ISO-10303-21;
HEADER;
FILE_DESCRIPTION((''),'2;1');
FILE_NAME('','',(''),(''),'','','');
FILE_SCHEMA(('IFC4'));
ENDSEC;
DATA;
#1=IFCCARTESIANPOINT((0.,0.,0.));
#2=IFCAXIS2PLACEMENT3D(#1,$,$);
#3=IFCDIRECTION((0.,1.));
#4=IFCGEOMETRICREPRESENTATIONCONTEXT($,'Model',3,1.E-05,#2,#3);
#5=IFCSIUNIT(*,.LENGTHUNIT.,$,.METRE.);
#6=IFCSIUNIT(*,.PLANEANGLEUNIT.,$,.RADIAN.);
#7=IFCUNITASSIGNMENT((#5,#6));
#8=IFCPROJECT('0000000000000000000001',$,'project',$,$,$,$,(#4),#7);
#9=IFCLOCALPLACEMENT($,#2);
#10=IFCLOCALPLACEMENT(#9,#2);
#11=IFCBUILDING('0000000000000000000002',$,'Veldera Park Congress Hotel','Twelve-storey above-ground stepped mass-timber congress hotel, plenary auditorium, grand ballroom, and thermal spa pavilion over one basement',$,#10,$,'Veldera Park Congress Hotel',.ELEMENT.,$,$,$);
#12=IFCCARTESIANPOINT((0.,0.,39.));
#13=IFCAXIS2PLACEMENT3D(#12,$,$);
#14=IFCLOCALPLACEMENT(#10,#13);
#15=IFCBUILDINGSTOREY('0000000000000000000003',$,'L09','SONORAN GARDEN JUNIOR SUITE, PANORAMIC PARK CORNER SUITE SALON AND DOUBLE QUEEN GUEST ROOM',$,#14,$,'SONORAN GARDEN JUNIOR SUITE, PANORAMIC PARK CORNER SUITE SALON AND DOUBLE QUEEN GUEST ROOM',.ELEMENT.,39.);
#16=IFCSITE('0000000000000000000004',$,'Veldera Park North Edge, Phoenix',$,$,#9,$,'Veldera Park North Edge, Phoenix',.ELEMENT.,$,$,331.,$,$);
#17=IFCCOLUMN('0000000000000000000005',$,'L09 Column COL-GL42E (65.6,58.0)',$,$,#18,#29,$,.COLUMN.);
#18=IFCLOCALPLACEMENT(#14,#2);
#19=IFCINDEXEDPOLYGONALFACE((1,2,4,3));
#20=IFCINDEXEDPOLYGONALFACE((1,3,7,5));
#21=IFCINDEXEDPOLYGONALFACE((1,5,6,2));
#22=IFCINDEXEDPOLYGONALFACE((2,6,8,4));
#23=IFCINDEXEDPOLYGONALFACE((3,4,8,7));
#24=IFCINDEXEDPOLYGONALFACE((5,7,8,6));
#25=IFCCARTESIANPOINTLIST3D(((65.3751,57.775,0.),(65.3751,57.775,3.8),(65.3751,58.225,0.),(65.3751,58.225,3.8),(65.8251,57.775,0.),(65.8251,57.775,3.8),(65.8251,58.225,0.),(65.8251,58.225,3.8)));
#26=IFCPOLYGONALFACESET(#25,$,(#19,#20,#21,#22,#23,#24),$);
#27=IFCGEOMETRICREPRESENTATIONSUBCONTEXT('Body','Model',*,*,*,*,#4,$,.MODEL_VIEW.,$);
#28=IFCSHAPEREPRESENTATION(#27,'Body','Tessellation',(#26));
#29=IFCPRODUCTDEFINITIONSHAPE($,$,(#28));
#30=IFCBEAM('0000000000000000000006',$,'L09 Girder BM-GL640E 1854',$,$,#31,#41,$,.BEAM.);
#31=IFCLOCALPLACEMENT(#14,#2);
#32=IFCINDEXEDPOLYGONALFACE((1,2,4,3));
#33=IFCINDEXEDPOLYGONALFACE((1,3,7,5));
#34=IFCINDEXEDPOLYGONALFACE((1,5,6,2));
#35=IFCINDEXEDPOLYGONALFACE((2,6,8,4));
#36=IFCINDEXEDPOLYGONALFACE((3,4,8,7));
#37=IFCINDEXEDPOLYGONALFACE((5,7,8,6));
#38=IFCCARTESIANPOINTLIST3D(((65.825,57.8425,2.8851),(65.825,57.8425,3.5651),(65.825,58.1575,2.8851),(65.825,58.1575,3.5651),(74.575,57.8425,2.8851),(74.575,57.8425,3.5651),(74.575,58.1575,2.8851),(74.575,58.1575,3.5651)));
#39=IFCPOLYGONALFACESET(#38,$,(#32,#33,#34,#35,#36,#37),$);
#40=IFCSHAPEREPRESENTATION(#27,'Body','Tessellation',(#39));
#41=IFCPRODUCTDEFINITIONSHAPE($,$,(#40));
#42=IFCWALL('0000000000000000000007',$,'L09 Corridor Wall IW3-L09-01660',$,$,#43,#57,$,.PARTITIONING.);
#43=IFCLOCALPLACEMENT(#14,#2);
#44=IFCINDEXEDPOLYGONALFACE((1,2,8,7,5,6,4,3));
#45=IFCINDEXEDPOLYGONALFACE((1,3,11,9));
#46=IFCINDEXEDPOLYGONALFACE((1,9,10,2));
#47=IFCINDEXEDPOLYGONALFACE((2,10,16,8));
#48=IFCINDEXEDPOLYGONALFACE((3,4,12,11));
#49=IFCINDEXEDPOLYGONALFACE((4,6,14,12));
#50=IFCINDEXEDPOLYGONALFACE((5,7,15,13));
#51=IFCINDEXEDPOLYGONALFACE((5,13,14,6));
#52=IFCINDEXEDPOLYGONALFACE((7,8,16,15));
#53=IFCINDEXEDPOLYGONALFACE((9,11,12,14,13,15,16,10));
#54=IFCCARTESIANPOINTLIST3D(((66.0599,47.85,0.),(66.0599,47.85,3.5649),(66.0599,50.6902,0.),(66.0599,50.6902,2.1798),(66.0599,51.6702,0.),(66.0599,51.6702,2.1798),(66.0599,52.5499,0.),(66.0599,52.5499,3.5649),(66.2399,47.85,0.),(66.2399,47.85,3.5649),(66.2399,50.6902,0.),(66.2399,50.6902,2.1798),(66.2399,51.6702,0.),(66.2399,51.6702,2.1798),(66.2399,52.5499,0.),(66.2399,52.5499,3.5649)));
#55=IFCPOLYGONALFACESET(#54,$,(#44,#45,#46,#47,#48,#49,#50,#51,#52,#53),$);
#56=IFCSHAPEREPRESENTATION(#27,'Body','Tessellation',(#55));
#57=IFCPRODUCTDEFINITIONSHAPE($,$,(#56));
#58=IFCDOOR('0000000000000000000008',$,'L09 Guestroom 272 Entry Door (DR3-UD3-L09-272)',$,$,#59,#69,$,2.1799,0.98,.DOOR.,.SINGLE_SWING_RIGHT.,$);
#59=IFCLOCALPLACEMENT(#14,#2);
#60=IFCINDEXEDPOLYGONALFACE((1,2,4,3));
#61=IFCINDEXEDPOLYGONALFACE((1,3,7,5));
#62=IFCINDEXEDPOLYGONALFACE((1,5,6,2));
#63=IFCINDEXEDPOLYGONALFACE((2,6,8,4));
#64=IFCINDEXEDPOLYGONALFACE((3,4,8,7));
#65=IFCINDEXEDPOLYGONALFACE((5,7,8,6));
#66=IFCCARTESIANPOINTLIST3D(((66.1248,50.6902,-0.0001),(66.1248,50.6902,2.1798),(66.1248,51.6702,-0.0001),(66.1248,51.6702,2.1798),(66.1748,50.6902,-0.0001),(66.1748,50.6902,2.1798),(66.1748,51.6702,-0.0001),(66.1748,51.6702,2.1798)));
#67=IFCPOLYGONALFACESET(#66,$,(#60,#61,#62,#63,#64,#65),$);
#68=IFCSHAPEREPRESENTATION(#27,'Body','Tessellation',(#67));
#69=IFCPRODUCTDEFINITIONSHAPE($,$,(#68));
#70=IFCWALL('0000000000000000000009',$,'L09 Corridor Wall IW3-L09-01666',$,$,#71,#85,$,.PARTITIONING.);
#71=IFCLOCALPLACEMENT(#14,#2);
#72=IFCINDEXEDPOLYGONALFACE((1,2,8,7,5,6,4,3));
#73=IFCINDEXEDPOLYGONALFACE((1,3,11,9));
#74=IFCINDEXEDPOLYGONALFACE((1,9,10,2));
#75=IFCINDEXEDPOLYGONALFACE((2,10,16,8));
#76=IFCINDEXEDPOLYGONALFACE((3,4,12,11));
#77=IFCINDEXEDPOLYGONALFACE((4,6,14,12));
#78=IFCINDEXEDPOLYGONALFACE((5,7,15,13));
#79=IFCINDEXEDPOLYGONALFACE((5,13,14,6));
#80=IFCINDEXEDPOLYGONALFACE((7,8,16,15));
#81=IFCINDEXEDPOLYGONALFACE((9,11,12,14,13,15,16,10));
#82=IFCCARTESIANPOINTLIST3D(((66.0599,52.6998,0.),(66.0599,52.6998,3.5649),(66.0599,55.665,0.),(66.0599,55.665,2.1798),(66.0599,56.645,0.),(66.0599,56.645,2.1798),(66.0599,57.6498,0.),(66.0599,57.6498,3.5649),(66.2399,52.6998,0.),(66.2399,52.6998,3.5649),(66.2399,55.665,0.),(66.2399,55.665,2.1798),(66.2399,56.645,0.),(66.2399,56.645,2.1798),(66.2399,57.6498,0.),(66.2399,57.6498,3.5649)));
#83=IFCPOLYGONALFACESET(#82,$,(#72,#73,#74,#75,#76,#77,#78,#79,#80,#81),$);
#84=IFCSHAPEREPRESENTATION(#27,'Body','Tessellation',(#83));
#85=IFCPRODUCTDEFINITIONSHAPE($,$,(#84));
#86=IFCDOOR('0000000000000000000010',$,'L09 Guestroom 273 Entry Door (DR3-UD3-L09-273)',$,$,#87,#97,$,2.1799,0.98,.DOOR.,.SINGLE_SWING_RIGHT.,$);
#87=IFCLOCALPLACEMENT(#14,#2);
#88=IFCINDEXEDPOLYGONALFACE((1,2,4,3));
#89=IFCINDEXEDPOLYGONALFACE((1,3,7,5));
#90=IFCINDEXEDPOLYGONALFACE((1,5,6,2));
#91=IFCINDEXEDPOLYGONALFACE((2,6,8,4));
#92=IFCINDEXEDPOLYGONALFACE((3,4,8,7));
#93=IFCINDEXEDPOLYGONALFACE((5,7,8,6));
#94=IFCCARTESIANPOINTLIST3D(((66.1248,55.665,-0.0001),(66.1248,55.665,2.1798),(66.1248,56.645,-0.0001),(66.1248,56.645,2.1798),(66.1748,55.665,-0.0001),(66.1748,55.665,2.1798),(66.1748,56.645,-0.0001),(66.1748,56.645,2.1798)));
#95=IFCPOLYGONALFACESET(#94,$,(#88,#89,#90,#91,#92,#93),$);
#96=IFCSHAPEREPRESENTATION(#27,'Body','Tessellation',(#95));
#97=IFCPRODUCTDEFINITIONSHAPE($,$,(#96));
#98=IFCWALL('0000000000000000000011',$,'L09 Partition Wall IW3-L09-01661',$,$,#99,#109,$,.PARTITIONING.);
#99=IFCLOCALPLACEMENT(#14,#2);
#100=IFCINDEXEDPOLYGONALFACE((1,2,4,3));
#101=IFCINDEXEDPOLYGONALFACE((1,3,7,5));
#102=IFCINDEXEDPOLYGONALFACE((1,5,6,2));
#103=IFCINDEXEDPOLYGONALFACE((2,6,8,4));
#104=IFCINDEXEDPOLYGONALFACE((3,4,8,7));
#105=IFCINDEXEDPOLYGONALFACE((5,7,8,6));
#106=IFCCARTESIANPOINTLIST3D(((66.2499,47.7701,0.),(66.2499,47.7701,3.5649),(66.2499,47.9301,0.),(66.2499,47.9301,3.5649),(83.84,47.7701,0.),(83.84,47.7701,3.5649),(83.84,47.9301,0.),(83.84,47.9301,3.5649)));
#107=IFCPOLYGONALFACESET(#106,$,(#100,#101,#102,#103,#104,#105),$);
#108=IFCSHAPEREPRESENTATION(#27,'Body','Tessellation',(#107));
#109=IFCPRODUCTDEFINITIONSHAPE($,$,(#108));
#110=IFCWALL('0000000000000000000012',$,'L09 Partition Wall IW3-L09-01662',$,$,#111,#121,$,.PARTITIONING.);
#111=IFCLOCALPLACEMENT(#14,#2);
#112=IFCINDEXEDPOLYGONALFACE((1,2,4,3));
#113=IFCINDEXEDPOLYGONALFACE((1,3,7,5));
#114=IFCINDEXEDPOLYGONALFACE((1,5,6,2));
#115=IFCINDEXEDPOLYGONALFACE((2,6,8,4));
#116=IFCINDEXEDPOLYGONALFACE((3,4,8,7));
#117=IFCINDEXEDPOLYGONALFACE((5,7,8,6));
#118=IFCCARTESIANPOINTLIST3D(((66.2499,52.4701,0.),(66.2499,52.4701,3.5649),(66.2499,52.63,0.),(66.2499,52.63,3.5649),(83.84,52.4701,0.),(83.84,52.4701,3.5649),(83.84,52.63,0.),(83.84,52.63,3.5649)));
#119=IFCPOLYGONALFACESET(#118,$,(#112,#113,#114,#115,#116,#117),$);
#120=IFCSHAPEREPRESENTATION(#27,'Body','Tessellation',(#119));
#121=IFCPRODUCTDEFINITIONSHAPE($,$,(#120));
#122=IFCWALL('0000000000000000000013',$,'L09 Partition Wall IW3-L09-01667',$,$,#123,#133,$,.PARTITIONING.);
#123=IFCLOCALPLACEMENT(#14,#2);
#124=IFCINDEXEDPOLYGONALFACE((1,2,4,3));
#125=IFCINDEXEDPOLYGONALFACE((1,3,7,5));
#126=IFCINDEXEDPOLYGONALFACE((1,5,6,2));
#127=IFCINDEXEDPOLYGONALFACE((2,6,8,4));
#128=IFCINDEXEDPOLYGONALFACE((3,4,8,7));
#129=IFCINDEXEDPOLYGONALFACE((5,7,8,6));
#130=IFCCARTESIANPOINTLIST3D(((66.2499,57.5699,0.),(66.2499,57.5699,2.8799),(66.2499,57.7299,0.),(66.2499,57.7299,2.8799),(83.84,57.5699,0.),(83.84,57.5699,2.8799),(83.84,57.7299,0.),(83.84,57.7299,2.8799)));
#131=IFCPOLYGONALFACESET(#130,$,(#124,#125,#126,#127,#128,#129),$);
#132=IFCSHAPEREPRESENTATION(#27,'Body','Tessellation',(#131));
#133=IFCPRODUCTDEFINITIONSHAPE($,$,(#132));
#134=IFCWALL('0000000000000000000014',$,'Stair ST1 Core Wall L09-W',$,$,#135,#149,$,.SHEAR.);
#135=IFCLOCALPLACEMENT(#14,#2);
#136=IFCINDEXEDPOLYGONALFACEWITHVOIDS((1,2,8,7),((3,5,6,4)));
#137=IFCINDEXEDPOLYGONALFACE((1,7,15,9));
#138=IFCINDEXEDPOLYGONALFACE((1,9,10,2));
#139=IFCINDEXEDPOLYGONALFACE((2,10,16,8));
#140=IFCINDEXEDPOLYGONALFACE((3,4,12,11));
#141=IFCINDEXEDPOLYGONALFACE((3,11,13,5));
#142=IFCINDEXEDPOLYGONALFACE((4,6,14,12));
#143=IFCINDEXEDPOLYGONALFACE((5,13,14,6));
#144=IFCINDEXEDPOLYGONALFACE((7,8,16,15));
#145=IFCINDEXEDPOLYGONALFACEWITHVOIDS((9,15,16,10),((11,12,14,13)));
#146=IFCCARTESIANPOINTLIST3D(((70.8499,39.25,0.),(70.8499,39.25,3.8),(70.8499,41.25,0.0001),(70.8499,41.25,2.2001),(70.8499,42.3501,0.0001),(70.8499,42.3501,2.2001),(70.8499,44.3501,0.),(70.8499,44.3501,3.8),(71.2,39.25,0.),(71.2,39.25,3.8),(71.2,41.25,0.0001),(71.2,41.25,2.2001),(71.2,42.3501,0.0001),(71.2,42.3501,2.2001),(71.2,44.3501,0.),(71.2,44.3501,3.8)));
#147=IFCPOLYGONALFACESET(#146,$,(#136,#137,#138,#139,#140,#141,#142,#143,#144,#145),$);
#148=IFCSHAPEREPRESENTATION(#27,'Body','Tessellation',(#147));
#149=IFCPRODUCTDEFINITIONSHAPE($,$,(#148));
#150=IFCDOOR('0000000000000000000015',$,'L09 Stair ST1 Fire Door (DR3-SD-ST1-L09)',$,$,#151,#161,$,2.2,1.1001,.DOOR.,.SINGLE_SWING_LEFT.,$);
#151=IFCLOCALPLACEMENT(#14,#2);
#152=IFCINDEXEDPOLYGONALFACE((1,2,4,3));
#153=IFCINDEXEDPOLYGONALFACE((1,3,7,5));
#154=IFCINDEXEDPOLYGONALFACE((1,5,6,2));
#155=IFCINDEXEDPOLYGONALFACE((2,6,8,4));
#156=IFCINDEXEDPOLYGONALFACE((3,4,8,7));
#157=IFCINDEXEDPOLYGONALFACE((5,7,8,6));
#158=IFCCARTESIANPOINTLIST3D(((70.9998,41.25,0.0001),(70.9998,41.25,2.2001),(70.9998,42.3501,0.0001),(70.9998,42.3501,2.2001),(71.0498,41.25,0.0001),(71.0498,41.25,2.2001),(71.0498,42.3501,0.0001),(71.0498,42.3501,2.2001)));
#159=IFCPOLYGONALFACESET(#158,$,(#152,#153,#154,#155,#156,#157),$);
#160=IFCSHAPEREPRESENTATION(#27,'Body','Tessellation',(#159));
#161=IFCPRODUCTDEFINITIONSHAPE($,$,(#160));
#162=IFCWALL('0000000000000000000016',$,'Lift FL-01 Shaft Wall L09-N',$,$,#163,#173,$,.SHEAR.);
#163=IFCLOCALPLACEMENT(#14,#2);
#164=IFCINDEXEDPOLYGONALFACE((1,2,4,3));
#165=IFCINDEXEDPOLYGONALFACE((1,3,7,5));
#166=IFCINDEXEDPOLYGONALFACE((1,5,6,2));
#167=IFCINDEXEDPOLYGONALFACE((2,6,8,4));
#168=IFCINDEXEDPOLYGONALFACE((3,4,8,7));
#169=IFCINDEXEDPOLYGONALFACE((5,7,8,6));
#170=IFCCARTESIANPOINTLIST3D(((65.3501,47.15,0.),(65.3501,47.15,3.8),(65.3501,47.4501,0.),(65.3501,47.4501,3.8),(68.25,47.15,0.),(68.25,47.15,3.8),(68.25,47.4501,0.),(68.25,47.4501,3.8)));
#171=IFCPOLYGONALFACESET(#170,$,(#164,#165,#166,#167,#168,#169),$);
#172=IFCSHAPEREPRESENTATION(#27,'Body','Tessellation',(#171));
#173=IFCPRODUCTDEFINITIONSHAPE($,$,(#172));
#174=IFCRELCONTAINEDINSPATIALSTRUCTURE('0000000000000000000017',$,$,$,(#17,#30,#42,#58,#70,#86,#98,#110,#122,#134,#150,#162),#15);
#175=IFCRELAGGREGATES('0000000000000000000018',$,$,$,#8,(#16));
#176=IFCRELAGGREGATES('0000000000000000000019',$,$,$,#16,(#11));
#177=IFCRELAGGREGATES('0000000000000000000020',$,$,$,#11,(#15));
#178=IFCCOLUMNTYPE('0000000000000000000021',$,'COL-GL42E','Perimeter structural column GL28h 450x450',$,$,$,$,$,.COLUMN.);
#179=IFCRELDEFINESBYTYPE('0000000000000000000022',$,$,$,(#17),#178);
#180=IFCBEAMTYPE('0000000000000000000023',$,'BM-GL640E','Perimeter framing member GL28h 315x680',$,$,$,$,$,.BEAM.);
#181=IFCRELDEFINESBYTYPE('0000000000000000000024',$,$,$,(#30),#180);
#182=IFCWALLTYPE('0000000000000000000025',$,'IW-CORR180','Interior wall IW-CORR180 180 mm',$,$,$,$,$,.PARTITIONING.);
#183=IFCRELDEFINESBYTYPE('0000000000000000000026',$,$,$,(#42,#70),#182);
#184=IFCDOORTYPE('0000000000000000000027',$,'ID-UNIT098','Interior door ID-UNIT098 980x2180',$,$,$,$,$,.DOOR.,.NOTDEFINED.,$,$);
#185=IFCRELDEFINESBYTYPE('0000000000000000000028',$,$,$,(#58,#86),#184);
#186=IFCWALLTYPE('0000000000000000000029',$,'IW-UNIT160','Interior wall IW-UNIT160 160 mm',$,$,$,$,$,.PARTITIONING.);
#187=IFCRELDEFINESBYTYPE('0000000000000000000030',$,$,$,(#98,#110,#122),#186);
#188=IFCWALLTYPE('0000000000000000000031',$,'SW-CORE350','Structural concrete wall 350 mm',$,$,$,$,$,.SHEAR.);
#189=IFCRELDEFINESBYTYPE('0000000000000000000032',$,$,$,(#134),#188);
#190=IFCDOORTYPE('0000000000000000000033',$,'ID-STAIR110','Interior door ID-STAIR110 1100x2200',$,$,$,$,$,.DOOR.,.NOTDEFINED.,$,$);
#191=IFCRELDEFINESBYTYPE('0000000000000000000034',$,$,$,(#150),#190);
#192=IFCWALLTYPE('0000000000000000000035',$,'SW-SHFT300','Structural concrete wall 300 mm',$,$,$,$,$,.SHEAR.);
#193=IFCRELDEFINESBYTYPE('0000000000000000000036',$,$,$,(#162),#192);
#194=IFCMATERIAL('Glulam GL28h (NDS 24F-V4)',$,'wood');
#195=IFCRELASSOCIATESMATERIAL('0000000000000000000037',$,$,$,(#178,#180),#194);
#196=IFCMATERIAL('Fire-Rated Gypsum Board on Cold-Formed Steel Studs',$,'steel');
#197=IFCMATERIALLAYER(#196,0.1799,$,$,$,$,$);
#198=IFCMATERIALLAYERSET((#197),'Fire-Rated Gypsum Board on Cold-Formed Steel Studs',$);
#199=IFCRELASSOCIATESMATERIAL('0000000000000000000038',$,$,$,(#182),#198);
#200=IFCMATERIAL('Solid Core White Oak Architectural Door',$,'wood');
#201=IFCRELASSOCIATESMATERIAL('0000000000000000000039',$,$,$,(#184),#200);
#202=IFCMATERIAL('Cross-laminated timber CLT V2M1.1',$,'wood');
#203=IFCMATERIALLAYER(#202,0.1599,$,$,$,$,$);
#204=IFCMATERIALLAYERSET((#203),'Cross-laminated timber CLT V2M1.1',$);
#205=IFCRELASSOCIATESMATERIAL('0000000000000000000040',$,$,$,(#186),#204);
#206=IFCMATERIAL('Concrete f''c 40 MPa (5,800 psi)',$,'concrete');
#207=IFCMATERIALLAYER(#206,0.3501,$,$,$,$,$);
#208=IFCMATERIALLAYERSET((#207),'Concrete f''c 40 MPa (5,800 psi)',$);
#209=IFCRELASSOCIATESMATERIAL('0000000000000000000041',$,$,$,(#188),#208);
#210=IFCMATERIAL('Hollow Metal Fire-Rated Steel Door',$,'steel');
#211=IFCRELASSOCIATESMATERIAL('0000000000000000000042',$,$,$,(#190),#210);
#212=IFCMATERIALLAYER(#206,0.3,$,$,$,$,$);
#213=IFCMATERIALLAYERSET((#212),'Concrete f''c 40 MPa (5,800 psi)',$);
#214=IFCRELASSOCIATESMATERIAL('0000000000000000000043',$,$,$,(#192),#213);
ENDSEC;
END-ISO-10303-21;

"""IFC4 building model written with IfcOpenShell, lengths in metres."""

from ifc_helpers import new_model, si_unit, direction, frame, frame_2d, origin, origin_2d, place, context, subcontext, project, spatial, rectangle, extrude, material, layer, layer_set, material_profile, profile_set, type_object, element, fill, save


model = new_model("IFC4")

# Units and contexts
model_context = context("Model", 3, precision=1e-05, world=origin(), true_north=direction((0.0, 1.0)))
body_context = subcontext(model_context, "Body", "Model", "MODEL_VIEW")
ifc_project = project(units=[si_unit("LENGTHUNIT", "METRE"), si_unit("PLANEANGLEUNIT", "RADIAN")], contexts=[model_context])

# Site, building, storey
site_placement = place(None, origin())
site = spatial("IfcSite", under=ifc_project, at=site_placement, Name="Veldera Park North Edge, Phoenix", LongName="Veldera Park North Edge, Phoenix", CompositionType="ELEMENT", RefElevation=331.0)
building_placement = place(site_placement, origin())
building = spatial("IfcBuilding", under=site, at=building_placement, Name="Veldera Park Congress Hotel", Description="Twelve-storey above-ground stepped mass-timber congress hotel, plenary auditorium, grand ballroom, and thermal spa pavilion over one basement", LongName="Veldera Park Congress Hotel", CompositionType="ELEMENT")
storey_placement = place(building_placement, frame((0.0, 0.0, 39.0)))
storey = spatial("IfcBuildingStorey", under=building, at=storey_placement, Name="L09", Description="SONORAN GARDEN JUNIOR SUITE, PANORAMIC PARK CORNER SUITE SALON AND DOUBLE QUEEN GUEST ROOM", LongName="SONORAN GARDEN JUNIOR SUITE, PANORAMIC PARK CORNER SUITE SALON AND DOUBLE QUEEN GUEST ROOM", CompositionType="ELEMENT", Elevation=39.0)

# Column
ifc_material_1 = material(Name="Glulam GL28h (NDS 24F-V4)", Category="wood")
ifc_material_profile_1 = material_profile(ifc_material_1, rectangle(XDim=0.45, YDim=0.45, at=origin_2d()), Name="GL28h 450x450")
ifc_profile_set_1 = profile_set([ifc_material_profile_1], Name="Glulam GL28h (NDS 24F-V4)")
column_type = type_object("IfcColumnType", Name="COL-GL42E", Description="Perimeter structural column GL28h 450x450", PredefinedType="COLUMN", material=ifc_profile_set_1)
column_placement = place(storey_placement, frame((65.6001, 58.0, 0.0), z_axis=(0.0, 0.0, 1.0), x_axis=(1.0, 0.0, 0.0)))
element("IfcColumn", 1, at=column_placement, inside=storey, type_object=column_type, Name="L09 Column COL-GL42E (65.6,58.0)", PredefinedType="COLUMN", context=body_context, shape_type="SweptSolid", body=[
    extrude(rectangle(XDim=0.45, YDim=0.45, at=origin_2d()), origin(), (0.0, 0.0, 1.0), 3.8),
])

# Beam
ifc_material_profile_2 = material_profile(ifc_material_1, rectangle(XDim=0.3149, YDim=0.6799, at=origin_2d()), Name="GL28h 315x680")
ifc_profile_set_2 = profile_set([ifc_material_profile_2], Name="Glulam GL28h (NDS 24F-V4)")
beam_type = type_object("IfcBeamType", Name="BM-GL640E", Description="Perimeter framing member GL28h 315x680", PredefinedType="BEAM", material=ifc_profile_set_2)
beam_placement = place(storey_placement, frame((65.825, 58.0, 3.2251), z_axis=(1.0, 0.0, 0.0), x_axis=(0.0, 1.0, 0.0)))
element("IfcBeam", 2, at=beam_placement, inside=storey, type_object=beam_type, Name="L09 Girder BM-GL640E 1854", PredefinedType="BEAM", context=body_context, shape_type="SweptSolid", body=[
    extrude(rectangle(XDim=0.3149, YDim=0.6799, at=origin_2d()), origin(), (0.0, 0.0, 1.0), 8.75),
])

# Walls, openings, doors
ifc_material_2 = material(Name="Fire-Rated Gypsum Board on Cold-Formed Steel Studs", Category="steel")
ifc_layer_1 = layer(ifc_material_2, 0.1799)
ifc_layer_set_1 = layer_set([ifc_layer_1], Name="Fire-Rated Gypsum Board on Cold-Formed Steel Studs")
wall_type_1 = type_object("IfcWallType", Name="IW-CORR180", Description="Interior wall IW-CORR180 180 mm", PredefinedType="PARTITIONING", material=ifc_layer_set_1)
wall_1_placement = place(storey_placement, frame((66.1499, 52.55, 0.0), z_axis=(0.0, 0.0, 1.0), x_axis=(0.0, -1.0, 0.0)))
wall_1 = element("IfcWall", 3, at=wall_1_placement, inside=storey, type_object=wall_type_1, Name="L09 Corridor Wall IW3-L09-01660", PredefinedType="PARTITIONING", context=body_context, shape_type="SweptSolid", body=[
    extrude(rectangle(XDim=4.7, YDim=0.1799, at=frame_2d((2.3501, 0.0))), origin(), (0.0, 0.0, 1.0), 3.5649),
])
opening_1_placement = place(wall_1_placement, frame((0.8799, 0.0, 0.0)))
opening_1 = element("IfcOpeningElement", 4, at=opening_1_placement, cuts=wall_1, PredefinedType="OPENING", context=body_context, shape_type="SweptSolid", body=[
    extrude(rectangle(XDim=0.98, YDim=2.1799, at=frame_2d((0.49, 1.0898))), frame((0.0, 0.1021, 0.0), z_axis=(0.0, -1.0, 0.0), x_axis=(1.0, 0.0, 0.0)), (0.0, 0.0, 1.0), 0.2039),
])
ifc_material_3 = material(Name="Solid Core White Oak Architectural Door", Category="wood")
door_type_1 = type_object("IfcDoorType", Name="ID-UNIT098", Description="Interior door ID-UNIT098 980x2180", OperationType="NOTDEFINED", PredefinedType="DOOR", material=ifc_material_3)
door_1_placement = place(opening_1_placement, origin())
door_1 = element("IfcDoor", 5, at=door_1_placement, inside=storey, type_object=door_type_1, Name="L09 Guestroom 272 Entry Door (DR3-UD3-L09-272)", OperationType="SINGLE_SWING_RIGHT", OverallHeight=2.1799, OverallWidth=0.98, PredefinedType="DOOR", context=body_context, shape_type="SweptSolid", body=[
    extrude(rectangle(XDim=0.98, YDim=2.1799, at=frame_2d((0.49, 1.0898))), frame((0.0, 0.0249, 0.0), z_axis=(0.0, -1.0, 0.0), x_axis=(1.0, 0.0, 0.0)), (0.0, 0.0, 1.0), 0.05),
])
fill(opening_1, door_1)
wall_2_placement = place(storey_placement, frame((66.1499, 57.6499, 0.0), z_axis=(0.0, 0.0, 1.0), x_axis=(0.0, -1.0, 0.0)))
wall_2 = element("IfcWall", 6, at=wall_2_placement, inside=storey, type_object=wall_type_1, Name="L09 Corridor Wall IW3-L09-01666", PredefinedType="PARTITIONING", context=body_context, shape_type="SweptSolid", body=[
    extrude(rectangle(XDim=4.95, YDim=0.1799, at=frame_2d((2.4751, 0.0))), origin(), (0.0, 0.0, 1.0), 3.5649),
])
opening_2_placement = place(wall_2_placement, frame((1.0049, 0.0, 0.0)))
opening_2 = element("IfcOpeningElement", 7, at=opening_2_placement, cuts=wall_2, PredefinedType="OPENING", context=body_context, shape_type="SweptSolid", body=[
    extrude(rectangle(XDim=0.98, YDim=2.1799, at=frame_2d((0.49, 1.0898))), frame((0.0, 0.1021, 0.0), z_axis=(0.0, -1.0, 0.0), x_axis=(1.0, 0.0, 0.0)), (0.0, 0.0, 1.0), 0.2039),
])
door_2_placement = place(opening_2_placement, origin())
door_2 = element("IfcDoor", 8, at=door_2_placement, inside=storey, type_object=door_type_1, Name="L09 Guestroom 273 Entry Door (DR3-UD3-L09-273)", OperationType="SINGLE_SWING_RIGHT", OverallHeight=2.1799, OverallWidth=0.98, PredefinedType="DOOR", context=body_context, shape_type="SweptSolid", body=[
    extrude(rectangle(XDim=0.98, YDim=2.1799, at=frame_2d((0.49, 1.0898))), frame((0.0, 0.0249, 0.0), z_axis=(0.0, -1.0, 0.0), x_axis=(1.0, 0.0, 0.0)), (0.0, 0.0, 1.0), 0.05),
])
fill(opening_2, door_2)

# Walls
ifc_material_4 = material(Name="Cross-laminated timber CLT V2M1.1", Category="wood")
ifc_layer_2 = layer(ifc_material_4, 0.1599)
ifc_layer_set_2 = layer_set([ifc_layer_2], Name="Cross-laminated timber CLT V2M1.1")
wall_type_2 = type_object("IfcWallType", Name="IW-UNIT160", Description="Interior wall IW-UNIT160 160 mm", PredefinedType="PARTITIONING", material=ifc_layer_set_2)
for number, where, z_axis, x_axis, name in (
    (9, (66.25, 47.8501, 0.0), (0.0, 0.0, 1.0), (1.0, 0.0, 0.0), "L09 Partition Wall IW3-L09-01661"),
    (10, (66.25, 52.55, 0.0), (0.0, 0.0, 1.0), (1.0, 0.0, 0.0), "L09 Partition Wall IW3-L09-01662"),
):
    element("IfcWall", number, at=place(storey_placement, frame(where, z_axis=z_axis, x_axis=x_axis)), inside=storey, type_object=wall_type_2, Name=name, PredefinedType="PARTITIONING", context=body_context, shape_type="SweptSolid", body=[
        extrude(rectangle(XDim=17.5901, YDim=0.1599, at=frame_2d((8.7949, 0.0))), origin(), (0.0, 0.0, 1.0), 3.5649),
    ])
wall_3_placement = place(storey_placement, frame((66.25, 57.6499, 0.0), z_axis=(0.0, 0.0, 1.0), x_axis=(1.0, 0.0, 0.0)))
element("IfcWall", 11, at=wall_3_placement, inside=storey, type_object=wall_type_2, Name="L09 Partition Wall IW3-L09-01667", PredefinedType="PARTITIONING", context=body_context, shape_type="SweptSolid", body=[
    extrude(rectangle(XDim=17.5901, YDim=0.1599, at=frame_2d((8.7949, 0.0))), origin(), (0.0, 0.0, 1.0), 2.8799),
])

# Wall, opening, door
ifc_material_5 = material(Name="Concrete f'c 40 MPa (5,800 psi)", Category="concrete")
ifc_layer_3 = layer(ifc_material_5, 0.3501)
ifc_layer_set_3 = layer_set([ifc_layer_3], Name="Concrete f'c 40 MPa (5,800 psi)")
wall_type_3 = type_object("IfcWallType", Name="SW-CORE350", Description="Structural concrete wall 350 mm", PredefinedType="SHEAR", material=ifc_layer_set_3)
wall_4_placement = place(storey_placement, frame((71.0249, 44.3501, 0.0), z_axis=(0.0, 0.0, 1.0), x_axis=(0.0, -1.0, 0.0)))
wall_4 = element("IfcWall", 12, at=wall_4_placement, inside=storey, type_object=wall_type_3, Name="Stair ST1 Core Wall L09-W", PredefinedType="SHEAR", context=body_context, shape_type="SweptSolid", body=[
    extrude(rectangle(XDim=5.1001, YDim=0.3501, at=frame_2d((2.55, 0.0))), origin(), (0.0, 0.0, 1.0), 3.8),
])
opening_3_placement = place(wall_4_placement, frame((2.0, 0.0, 0.0)))
opening_3 = element("IfcOpeningElement", 13, at=opening_3_placement, cuts=wall_4, PredefinedType="OPENING", context=body_context, shape_type="SweptSolid", body=[
    extrude(rectangle(XDim=1.1001, YDim=2.2, at=frame_2d((0.55, 1.1001))), frame((0.0, 0.187, 0.0), z_axis=(0.0, -1.0, 0.0), x_axis=(1.0, 0.0, 0.0)), (0.0, 0.0, 1.0), 0.374),
])
ifc_material_6 = material(Name="Hollow Metal Fire-Rated Steel Door", Category="steel")
door_type_2 = type_object("IfcDoorType", Name="ID-STAIR110", Description="Interior door ID-STAIR110 1100x2200", OperationType="NOTDEFINED", PredefinedType="DOOR", material=ifc_material_6)
door_3_placement = place(opening_3_placement, origin())
door_3 = element("IfcDoor", 14, at=door_3_placement, inside=storey, type_object=door_type_2, Name="L09 Stair ST1 Fire Door (DR3-SD-ST1-L09)", OperationType="SINGLE_SWING_LEFT", OverallHeight=2.2, OverallWidth=1.1001, PredefinedType="DOOR", context=body_context, shape_type="SweptSolid", body=[
    extrude(rectangle(XDim=1.1001, YDim=2.2, at=frame_2d((0.55, 1.1001))), frame((0.0, 0.0249, 0.0), z_axis=(0.0, -1.0, 0.0), x_axis=(1.0, 0.0, 0.0)), (0.0, 0.0, 1.0), 0.05),
])
fill(opening_3, door_3)

# Wall
ifc_layer_4 = layer(ifc_material_5, 0.3)
ifc_layer_set_4 = layer_set([ifc_layer_4], Name="Concrete f'c 40 MPa (5,800 psi)")
wall_type_4 = type_object("IfcWallType", Name="SW-SHFT300", Description="Structural concrete wall 300 mm", PredefinedType="SHEAR", material=ifc_layer_set_4)
for number, where, z_axis, x_axis, name in (
    (15, (68.25, 47.3, 0.0), (0.0, 0.0, 1.0), (-1.0, 0.0, 0.0), "Lift FL-01 Shaft Wall L09-N"),
):
    element("IfcWall", number, at=place(storey_placement, frame(where, z_axis=z_axis, x_axis=x_axis)), inside=storey, type_object=wall_type_4, Name=name, PredefinedType="SHEAR", context=body_context, shape_type="SweptSolid", body=[
        extrude(rectangle(XDim=2.8999, YDim=0.3, at=frame_2d((1.45, 0.0))), origin(), (0.0, 0.0, 1.0), 3.8),
    ])

save(model, "model.ifc")
